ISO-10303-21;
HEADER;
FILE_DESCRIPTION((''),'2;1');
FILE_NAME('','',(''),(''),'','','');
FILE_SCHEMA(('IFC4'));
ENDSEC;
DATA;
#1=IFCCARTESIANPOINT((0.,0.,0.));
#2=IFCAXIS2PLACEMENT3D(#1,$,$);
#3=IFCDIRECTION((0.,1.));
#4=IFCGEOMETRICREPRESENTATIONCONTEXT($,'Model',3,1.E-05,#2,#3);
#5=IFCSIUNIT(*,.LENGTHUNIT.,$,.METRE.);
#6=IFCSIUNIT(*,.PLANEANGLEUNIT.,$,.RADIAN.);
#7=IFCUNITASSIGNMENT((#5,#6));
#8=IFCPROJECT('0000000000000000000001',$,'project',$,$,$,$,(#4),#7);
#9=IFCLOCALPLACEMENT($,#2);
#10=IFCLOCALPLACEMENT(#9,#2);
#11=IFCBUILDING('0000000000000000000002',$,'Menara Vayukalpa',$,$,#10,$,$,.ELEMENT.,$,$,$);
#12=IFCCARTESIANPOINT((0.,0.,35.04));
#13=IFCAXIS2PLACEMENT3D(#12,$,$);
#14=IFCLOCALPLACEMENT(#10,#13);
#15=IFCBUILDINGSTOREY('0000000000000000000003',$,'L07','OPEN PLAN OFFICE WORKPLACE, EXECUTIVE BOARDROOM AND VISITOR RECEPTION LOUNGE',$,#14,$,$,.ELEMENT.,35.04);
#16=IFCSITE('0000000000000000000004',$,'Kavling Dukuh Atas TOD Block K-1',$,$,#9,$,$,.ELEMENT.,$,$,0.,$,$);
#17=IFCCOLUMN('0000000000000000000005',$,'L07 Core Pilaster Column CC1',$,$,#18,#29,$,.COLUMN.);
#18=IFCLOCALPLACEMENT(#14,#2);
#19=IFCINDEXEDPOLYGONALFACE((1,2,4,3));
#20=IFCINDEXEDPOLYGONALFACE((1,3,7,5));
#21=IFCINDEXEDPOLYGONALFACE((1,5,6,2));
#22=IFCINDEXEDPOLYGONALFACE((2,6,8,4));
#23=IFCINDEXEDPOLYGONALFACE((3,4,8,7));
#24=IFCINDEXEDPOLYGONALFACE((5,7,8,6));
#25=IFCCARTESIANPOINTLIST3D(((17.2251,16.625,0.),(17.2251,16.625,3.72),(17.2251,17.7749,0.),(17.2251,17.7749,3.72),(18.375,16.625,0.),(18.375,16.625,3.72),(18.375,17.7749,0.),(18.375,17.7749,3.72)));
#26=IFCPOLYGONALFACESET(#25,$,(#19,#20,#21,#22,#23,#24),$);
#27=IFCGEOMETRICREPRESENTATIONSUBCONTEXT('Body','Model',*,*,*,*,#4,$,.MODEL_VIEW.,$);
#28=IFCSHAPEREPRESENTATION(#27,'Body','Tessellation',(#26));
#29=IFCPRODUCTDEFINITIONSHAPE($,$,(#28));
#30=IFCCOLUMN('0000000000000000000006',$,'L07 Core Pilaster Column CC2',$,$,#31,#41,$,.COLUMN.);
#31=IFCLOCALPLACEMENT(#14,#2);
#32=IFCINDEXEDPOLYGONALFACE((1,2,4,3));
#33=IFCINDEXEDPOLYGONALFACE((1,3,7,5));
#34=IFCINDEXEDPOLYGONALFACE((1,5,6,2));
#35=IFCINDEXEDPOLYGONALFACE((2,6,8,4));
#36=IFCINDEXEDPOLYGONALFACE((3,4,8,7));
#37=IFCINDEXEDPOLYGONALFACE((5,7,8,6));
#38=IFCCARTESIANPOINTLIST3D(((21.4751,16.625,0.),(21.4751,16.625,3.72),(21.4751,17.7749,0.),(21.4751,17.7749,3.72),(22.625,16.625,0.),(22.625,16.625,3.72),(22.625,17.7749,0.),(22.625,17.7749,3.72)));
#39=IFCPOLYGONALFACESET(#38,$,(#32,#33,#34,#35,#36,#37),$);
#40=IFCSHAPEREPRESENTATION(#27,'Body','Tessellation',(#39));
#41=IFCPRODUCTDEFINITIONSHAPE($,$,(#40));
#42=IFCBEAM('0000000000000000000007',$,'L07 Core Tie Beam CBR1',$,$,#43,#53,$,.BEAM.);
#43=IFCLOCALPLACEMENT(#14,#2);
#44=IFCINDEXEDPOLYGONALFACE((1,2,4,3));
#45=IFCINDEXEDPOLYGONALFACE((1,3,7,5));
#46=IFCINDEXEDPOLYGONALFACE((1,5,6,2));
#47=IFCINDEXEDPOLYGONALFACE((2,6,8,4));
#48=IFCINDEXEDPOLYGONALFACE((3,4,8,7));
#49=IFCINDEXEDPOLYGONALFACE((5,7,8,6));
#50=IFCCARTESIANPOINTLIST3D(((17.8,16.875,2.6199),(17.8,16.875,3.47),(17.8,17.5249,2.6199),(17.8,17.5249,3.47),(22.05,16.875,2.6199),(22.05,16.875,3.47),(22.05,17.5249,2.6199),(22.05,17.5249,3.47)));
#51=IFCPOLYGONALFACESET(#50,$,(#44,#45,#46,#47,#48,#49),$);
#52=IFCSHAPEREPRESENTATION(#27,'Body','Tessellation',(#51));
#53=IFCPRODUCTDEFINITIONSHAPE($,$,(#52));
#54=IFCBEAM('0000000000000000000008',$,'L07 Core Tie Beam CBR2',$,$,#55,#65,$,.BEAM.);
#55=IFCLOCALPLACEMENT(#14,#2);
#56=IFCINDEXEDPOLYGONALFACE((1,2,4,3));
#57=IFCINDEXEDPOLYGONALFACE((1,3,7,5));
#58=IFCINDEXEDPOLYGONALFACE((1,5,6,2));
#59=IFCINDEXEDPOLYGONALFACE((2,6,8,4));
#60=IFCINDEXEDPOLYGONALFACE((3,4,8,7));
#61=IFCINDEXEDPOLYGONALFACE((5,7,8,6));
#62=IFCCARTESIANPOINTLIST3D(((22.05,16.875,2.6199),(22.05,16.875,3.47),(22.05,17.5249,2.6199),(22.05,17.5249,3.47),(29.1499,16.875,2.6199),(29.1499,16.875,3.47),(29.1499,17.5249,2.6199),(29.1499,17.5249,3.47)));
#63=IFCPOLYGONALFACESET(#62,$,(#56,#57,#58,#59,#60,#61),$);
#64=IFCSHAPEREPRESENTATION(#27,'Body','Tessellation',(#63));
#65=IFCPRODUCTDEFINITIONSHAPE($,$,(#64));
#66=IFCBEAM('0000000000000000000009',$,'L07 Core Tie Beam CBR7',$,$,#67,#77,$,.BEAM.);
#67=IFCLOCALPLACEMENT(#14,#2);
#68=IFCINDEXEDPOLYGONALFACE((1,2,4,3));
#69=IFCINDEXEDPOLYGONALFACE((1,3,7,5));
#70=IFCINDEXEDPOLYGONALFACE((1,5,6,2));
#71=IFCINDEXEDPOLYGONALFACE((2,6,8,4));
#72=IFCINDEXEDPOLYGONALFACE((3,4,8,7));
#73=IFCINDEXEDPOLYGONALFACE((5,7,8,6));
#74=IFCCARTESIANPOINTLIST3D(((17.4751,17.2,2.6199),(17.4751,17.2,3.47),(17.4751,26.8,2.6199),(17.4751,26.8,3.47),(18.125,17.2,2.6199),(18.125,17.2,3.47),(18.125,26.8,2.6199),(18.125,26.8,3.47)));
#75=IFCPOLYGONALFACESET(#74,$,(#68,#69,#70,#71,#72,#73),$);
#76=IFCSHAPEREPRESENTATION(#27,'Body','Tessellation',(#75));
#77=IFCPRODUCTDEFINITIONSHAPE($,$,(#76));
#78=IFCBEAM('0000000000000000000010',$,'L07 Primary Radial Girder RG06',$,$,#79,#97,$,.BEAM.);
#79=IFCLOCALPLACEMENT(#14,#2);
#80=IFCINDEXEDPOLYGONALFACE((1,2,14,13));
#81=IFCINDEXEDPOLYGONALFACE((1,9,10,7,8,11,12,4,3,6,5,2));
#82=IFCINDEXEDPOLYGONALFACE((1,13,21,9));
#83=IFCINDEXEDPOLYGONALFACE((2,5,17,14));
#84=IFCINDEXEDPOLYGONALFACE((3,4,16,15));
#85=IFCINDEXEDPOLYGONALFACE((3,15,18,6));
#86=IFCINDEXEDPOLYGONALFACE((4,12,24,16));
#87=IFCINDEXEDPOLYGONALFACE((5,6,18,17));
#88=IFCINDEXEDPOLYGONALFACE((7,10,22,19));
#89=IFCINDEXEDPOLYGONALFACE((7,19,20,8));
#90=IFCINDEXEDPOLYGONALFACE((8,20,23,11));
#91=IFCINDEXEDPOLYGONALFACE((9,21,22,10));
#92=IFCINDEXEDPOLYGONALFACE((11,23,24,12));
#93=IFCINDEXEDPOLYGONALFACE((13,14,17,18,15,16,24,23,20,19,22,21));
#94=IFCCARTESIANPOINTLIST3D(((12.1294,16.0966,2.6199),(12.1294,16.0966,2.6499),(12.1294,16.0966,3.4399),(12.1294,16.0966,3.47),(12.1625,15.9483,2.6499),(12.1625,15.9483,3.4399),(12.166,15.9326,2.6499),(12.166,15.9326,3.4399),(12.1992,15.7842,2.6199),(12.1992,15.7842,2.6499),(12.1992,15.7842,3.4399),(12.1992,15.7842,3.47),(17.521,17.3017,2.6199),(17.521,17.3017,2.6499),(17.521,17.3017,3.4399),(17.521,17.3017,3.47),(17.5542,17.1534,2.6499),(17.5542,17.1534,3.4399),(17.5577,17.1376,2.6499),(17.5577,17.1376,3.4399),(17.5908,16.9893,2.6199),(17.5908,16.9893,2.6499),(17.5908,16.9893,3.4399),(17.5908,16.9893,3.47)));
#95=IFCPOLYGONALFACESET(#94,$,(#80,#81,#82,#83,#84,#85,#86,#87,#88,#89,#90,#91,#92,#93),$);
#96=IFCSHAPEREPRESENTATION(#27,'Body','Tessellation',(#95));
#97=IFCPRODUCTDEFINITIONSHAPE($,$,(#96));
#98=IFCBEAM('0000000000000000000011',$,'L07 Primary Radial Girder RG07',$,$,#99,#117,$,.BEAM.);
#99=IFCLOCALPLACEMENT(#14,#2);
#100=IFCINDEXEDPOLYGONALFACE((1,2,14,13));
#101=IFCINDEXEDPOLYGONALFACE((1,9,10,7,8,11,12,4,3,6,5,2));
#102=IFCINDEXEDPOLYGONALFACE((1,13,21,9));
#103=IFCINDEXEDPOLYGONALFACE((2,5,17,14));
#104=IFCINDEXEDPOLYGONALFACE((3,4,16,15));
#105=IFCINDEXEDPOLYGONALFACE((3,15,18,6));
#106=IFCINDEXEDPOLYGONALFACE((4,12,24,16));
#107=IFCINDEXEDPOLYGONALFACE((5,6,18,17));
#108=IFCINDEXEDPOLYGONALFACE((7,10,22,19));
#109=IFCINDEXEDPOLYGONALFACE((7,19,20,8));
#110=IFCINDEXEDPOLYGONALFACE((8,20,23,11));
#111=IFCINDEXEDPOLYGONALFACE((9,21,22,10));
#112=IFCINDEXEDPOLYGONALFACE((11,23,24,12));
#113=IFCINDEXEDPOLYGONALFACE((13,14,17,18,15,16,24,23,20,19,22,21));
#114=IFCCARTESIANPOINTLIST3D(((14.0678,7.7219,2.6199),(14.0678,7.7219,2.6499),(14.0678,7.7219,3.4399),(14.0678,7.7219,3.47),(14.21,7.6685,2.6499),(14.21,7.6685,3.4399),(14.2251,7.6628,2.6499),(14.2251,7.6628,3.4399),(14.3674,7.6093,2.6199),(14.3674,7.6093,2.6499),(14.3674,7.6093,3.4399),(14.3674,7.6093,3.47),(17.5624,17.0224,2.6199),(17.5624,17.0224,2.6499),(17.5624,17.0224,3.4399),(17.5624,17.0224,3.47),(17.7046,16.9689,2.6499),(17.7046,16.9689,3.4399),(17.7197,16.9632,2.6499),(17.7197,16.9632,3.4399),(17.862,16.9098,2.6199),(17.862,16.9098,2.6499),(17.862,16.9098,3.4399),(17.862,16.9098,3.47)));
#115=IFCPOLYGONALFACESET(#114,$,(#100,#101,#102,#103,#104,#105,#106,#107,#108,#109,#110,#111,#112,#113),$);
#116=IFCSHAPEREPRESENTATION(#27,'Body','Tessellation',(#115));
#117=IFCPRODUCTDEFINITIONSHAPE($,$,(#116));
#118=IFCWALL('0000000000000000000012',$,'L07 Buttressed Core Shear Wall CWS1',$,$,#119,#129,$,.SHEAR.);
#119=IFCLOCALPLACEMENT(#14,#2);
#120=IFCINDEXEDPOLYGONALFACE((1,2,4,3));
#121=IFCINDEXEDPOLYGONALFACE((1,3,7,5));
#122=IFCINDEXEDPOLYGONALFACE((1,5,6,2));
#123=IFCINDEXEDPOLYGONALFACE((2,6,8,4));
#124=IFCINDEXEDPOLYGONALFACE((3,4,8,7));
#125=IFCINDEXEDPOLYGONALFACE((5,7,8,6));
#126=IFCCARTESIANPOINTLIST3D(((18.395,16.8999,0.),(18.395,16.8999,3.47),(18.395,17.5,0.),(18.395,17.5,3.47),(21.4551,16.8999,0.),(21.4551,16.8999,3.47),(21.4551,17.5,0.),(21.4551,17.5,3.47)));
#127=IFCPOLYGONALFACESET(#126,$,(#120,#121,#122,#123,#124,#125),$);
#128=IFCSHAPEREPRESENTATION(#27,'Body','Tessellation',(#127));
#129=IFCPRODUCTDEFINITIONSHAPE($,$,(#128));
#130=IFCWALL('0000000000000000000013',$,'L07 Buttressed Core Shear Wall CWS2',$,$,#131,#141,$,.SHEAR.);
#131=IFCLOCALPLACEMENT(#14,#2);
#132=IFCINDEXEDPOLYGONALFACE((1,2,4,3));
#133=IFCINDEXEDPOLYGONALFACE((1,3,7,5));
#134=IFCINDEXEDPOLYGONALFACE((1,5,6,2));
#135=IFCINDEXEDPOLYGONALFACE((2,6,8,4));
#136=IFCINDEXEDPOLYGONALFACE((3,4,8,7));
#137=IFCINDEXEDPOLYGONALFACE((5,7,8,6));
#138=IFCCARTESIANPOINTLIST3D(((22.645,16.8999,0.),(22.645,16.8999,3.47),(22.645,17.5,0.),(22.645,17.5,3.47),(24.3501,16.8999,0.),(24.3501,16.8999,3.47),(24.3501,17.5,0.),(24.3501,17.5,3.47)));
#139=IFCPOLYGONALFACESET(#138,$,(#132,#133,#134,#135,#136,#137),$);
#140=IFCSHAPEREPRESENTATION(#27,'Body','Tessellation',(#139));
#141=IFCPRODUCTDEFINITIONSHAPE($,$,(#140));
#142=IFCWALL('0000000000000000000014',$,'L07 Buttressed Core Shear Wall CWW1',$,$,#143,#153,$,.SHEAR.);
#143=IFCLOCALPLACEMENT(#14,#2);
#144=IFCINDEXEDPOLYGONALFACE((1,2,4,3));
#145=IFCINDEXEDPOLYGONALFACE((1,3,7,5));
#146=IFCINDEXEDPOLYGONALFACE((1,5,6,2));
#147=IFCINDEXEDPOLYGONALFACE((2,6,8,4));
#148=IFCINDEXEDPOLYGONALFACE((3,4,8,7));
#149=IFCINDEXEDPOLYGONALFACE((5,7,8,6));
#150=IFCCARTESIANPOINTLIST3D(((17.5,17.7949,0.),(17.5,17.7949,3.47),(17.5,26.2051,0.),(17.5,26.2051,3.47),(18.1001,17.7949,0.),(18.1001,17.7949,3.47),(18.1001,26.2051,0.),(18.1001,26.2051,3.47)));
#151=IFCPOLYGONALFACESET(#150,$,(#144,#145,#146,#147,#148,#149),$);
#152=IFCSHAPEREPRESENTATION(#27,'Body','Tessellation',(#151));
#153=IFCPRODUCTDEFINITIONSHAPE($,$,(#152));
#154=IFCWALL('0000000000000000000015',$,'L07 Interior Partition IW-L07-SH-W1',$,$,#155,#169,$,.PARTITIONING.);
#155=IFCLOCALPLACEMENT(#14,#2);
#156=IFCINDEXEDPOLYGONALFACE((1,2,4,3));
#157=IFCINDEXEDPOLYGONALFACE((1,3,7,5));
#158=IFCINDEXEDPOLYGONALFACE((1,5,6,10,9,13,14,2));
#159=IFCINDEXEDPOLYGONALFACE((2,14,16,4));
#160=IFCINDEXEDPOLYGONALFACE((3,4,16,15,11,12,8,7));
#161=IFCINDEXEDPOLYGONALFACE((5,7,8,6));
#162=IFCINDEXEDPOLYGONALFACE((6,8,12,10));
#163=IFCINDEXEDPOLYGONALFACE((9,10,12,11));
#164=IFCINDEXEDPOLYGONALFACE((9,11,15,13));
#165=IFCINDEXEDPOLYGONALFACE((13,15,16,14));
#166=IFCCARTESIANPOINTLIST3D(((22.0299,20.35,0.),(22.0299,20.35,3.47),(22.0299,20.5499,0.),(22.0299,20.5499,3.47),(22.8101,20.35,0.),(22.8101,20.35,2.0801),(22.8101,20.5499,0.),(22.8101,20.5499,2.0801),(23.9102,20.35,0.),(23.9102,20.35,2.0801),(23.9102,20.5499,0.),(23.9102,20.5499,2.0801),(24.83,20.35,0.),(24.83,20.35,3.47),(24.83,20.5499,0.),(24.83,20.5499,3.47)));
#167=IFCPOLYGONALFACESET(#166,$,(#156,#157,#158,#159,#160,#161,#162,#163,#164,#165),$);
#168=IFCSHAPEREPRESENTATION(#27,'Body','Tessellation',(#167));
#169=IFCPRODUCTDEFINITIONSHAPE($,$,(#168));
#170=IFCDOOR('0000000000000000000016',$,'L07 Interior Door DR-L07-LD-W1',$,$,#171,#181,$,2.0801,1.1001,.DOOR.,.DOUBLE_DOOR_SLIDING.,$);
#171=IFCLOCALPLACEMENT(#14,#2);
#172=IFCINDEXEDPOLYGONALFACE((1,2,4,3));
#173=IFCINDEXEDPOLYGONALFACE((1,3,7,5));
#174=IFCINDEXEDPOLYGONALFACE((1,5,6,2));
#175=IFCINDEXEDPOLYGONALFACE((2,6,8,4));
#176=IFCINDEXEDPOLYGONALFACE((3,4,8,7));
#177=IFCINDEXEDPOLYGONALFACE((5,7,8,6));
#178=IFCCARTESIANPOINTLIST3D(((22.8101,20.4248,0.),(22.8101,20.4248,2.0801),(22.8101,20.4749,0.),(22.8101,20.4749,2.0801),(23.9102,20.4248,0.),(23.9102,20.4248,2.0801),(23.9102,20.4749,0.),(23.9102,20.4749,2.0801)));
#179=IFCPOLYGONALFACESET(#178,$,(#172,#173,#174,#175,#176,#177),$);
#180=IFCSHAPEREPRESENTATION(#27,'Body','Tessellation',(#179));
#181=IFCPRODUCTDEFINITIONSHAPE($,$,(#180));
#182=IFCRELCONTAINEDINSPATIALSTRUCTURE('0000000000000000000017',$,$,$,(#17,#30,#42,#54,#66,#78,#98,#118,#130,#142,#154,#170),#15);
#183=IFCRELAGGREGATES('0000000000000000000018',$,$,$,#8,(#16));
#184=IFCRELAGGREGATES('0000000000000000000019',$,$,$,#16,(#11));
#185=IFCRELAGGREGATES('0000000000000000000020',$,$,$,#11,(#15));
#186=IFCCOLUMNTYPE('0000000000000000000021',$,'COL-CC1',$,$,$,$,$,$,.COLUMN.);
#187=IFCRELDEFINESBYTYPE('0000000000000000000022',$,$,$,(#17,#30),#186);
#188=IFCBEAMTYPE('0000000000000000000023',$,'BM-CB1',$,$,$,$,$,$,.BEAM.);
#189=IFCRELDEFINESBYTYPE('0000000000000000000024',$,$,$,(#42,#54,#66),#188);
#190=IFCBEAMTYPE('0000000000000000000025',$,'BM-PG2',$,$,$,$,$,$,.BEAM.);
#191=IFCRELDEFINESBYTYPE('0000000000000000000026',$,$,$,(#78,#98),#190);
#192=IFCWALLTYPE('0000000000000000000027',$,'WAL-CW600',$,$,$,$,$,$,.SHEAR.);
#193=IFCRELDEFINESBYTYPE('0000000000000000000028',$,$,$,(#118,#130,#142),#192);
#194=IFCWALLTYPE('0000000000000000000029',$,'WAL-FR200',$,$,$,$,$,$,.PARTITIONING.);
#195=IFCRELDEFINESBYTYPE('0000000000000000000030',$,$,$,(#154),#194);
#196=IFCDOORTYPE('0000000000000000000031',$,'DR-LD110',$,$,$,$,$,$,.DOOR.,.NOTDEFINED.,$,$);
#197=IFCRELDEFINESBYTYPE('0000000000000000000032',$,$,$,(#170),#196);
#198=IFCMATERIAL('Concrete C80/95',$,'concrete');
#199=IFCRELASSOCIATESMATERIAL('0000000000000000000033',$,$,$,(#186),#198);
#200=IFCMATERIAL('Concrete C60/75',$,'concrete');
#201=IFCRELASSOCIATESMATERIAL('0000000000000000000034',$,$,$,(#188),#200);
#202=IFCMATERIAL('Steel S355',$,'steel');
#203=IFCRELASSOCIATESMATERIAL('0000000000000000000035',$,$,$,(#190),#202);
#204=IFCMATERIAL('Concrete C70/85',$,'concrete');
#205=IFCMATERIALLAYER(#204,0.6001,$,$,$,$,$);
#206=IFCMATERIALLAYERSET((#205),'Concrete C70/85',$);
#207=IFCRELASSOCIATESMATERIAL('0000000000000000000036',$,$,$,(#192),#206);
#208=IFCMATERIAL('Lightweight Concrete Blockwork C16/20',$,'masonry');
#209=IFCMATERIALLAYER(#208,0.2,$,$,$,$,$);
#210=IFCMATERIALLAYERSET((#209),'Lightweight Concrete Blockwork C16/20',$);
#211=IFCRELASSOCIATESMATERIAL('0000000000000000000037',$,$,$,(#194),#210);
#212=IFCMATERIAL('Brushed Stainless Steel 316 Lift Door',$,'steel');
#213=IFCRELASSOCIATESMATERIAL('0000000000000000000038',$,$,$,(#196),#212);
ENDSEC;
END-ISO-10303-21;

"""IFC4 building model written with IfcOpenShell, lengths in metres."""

from ifc_helpers import new_model, si_unit, direction, frame, frame_2d, origin, origin_2d, place, context, subcontext, project, spatial, rectangle, i_section, extrude, material, layer, layer_set, material_profile, profile_set, type_object, element, fill, save


model = new_model("IFC4")

# Units and contexts
model_context = context("Model", 3, precision=1e-05, world=origin(), true_north=direction((0.0, 1.0)))
body_context = subcontext(model_context, "Body", "Model", "MODEL_VIEW")
ifc_project = project(units=[si_unit("LENGTHUNIT", "METRE"), si_unit("PLANEANGLEUNIT", "RADIAN")], contexts=[model_context])

# Site, building, storey
site_placement = place(None, origin())
site = spatial("IfcSite", under=ifc_project, at=site_placement, Name="Kavling Dukuh Atas TOD Block K-1", CompositionType="ELEMENT", RefElevation=0.0)
building_placement = place(site_placement, origin())
building = spatial("IfcBuilding", under=site, at=building_placement, Name="Menara Vayukalpa", CompositionType="ELEMENT")
storey_placement = place(building_placement, frame((0.0, 0.0, 35.04)))
storey = spatial("IfcBuildingStorey", under=building, at=storey_placement, Name="L07", Description="OPEN PLAN OFFICE WORKPLACE, EXECUTIVE BOARDROOM AND VISITOR RECEPTION LOUNGE", CompositionType="ELEMENT", Elevation=35.04)

# Columns
ifc_material_1 = material(Name="Concrete C80/95", Category="concrete")
ifc_material_profile_1 = material_profile(ifc_material_1, rectangle(XDim=1.1499, YDim=1.1499, at=origin_2d()), Name="RC 1150x1150")
ifc_profile_set_1 = profile_set([ifc_material_profile_1], Name="Concrete C80/95")
column_type = type_object("IfcColumnType", Name="COL-CC1", PredefinedType="COLUMN", material=ifc_profile_set_1)
for number, where, z_axis, x_axis, name in (
    (1, (17.8, 17.2, 0.0), (0.0, 0.0, 1.0), (1.0, 0.0, 0.0), "L07 Core Pilaster Column CC1"),
    (2, (22.05, 17.2, 0.0), (0.0, 0.0, 1.0), (1.0, 0.0, 0.0), "L07 Core Pilaster Column CC2"),
):
    element("IfcColumn", number, at=place(storey_placement, frame(where, z_axis=z_axis, x_axis=x_axis)), inside=storey, type_object=column_type, Name=name, PredefinedType="COLUMN", context=body_context, shape_type="SweptSolid", body=[
        extrude(rectangle(XDim=1.1499, YDim=1.1499, at=origin_2d()), origin(), (0.0, 0.0, 1.0), 3.72),
    ])

# Beams
ifc_material_2 = material(Name="Concrete C60/75", Category="concrete")
ifc_material_profile_2 = material_profile(ifc_material_2, rectangle(XDim=0.6499, YDim=0.8501, at=origin_2d()), Name="RC 650x850")
ifc_profile_set_2 = profile_set([ifc_material_profile_2], Name="Concrete C60/75")
beam_type_1 = type_object("IfcBeamType", Name="BM-CB1", PredefinedType="BEAM", material=ifc_profile_set_2)
beam_1_placement = place(storey_placement, frame((17.8, 17.2, 3.0449), z_axis=(1.0, 0.0, 0.0), x_axis=(0.0, 1.0, 0.0)))
element("IfcBeam", 3, at=beam_1_placement, inside=storey, type_object=beam_type_1, Name="L07 Core Tie Beam CBR1", PredefinedType="BEAM", context=body_context, shape_type="SweptSolid", body=[
    extrude(rectangle(XDim=0.6499, YDim=0.8501, at=origin_2d()), origin(), (0.0, 0.0, 1.0), 4.25),
])
beam_2_placement = place(storey_placement, frame((22.05, 17.2, 3.0449), z_axis=(1.0, 0.0, 0.0), x_axis=(0.0, 1.0, 0.0)))
element("IfcBeam", 4, at=beam_2_placement, inside=storey, type_object=beam_type_1, Name="L07 Core Tie Beam CBR2", PredefinedType="BEAM", context=body_context, shape_type="SweptSolid", body=[
    extrude(rectangle(XDim=0.6499, YDim=0.8501, at=origin_2d()), origin(), (0.0, 0.0, 1.0), 7.0999),
])
beam_3_placement = place(storey_placement, frame((17.8, 17.2, 3.0449), z_axis=(0.0, 1.0, 0.0), x_axis=(-1.0, 0.0, 0.0)))
element("IfcBeam", 5, at=beam_3_placement, inside=storey, type_object=beam_type_1, Name="L07 Core Tie Beam CBR7", PredefinedType="BEAM", context=body_context, shape_type="SweptSolid", body=[
    extrude(rectangle(XDim=0.6499, YDim=0.8501, at=origin_2d()), origin(), (0.0, 0.0, 1.0), 9.6001),
])
ifc_material_3 = material(Name="Steel S355", Category="steel")
ifc_material_profile_3 = material_profile(ifc_material_3, i_section(OverallWidth=0.3201, OverallDepth=0.8501, WebThickness=0.0161, FlangeThickness=0.03, at=origin_2d()), Name="WF 850x320x16x30")
ifc_profile_set_3 = profile_set([ifc_material_profile_3], Name="Steel S355")
beam_type_2 = type_object("IfcBeamType", Name="BM-PG2", PredefinedType="BEAM", material=ifc_profile_set_3)
beam_4_placement = place(storey_placement, frame((17.5559, 17.1455, 3.0449), z_axis=(-0.97592, -0.218128, 0.0), x_axis=(0.218128, -0.97592, 0.0)))
element("IfcBeam", 6, at=beam_4_placement, inside=storey, type_object=beam_type_2, Name="L07 Primary Radial Girder RG06", PredefinedType="BEAM", context=body_context, shape_type="SweptSolid", body=[
    extrude(i_section(OverallWidth=0.3201, OverallDepth=0.8501, WebThickness=0.0161, FlangeThickness=0.03, at=origin_2d()), origin(), (0.0, 0.0, 1.0), 5.5247),
])
beam_5_placement = place(storey_placement, frame((17.7122, 16.9661, 3.0449), z_axis=(-0.351735, -0.9361, 0.0), x_axis=(0.9361, -0.351735, 0.0)))
element("IfcBeam", 7, at=beam_5_placement, inside=storey, type_object=beam_type_2, Name="L07 Primary Radial Girder RG07", PredefinedType="BEAM", context=body_context, shape_type="SweptSolid", body=[
    extrude(i_section(OverallWidth=0.3201, OverallDepth=0.8501, WebThickness=0.0161, FlangeThickness=0.03, at=origin_2d()), origin(), (0.0, 0.0, 1.0), 9.9353),
])

# Walls
ifc_material_4 = material(Name="Concrete C70/85", Category="concrete")
ifc_layer_1 = layer(ifc_material_4, 0.6001)
ifc_layer_set_1 = layer_set([ifc_layer_1], Name="Concrete C70/85")
wall_type_1 = type_object("IfcWallType", Name="WAL-CW600", PredefinedType="SHEAR", material=ifc_layer_set_1)
wall_1_placement = place(storey_placement, frame((18.395, 17.2, 0.0), z_axis=(0.0, 0.0, 1.0), x_axis=(1.0, 0.0, 0.0)))
element("IfcWall", 8, at=wall_1_placement, inside=storey, type_object=wall_type_1, Name="L07 Buttressed Core Shear Wall CWS1", PredefinedType="SHEAR", context=body_context, shape_type="SweptSolid", body=[
    extrude(rectangle(XDim=3.0601, YDim=0.6001, at=frame_2d((1.53, 0.0))), origin(), (0.0, 0.0, 1.0), 3.47),
])
wall_2_placement = place(storey_placement, frame((22.645, 17.2, 0.0), z_axis=(0.0, 0.0, 1.0), x_axis=(1.0, 0.0, 0.0)))
element("IfcWall", 9, at=wall_2_placement, inside=storey, type_object=wall_type_1, Name="L07 Buttressed Core Shear Wall CWS2", PredefinedType="SHEAR", context=body_context, shape_type="SweptSolid", body=[
    extrude(rectangle(XDim=1.7051, YDim=0.6001, at=frame_2d((0.8525, 0.0))), origin(), (0.0, 0.0, 1.0), 3.47),
])
wall_3_placement = place(storey_placement, frame((17.8, 17.7949, 0.0), z_axis=(0.0, 0.0, 1.0), x_axis=(0.0, 1.0, 0.0)))
element("IfcWall", 10, at=wall_3_placement, inside=storey, type_object=wall_type_1, Name="L07 Buttressed Core Shear Wall CWW1", PredefinedType="SHEAR", context=body_context, shape_type="SweptSolid", body=[
    extrude(rectangle(XDim=8.4102, YDim=0.6001, at=frame_2d((4.2051, 0.0))), origin(), (0.0, 0.0, 1.0), 3.47),
])

# Wall, opening, door
ifc_material_5 = material(Name="Lightweight Concrete Blockwork C16/20", Category="masonry")
ifc_layer_2 = layer(ifc_material_5, 0.2)
ifc_layer_set_2 = layer_set([ifc_layer_2], Name="Lightweight Concrete Blockwork C16/20")
wall_type_2 = type_object("IfcWallType", Name="WAL-FR200", PredefinedType="PARTITIONING", material=ifc_layer_set_2)
wall_4_placement = place(storey_placement, frame((22.03, 20.45, 0.0), z_axis=(0.0, 0.0, 1.0), x_axis=(1.0, 0.0, 0.0)))
wall_4 = element("IfcWall", 11, at=wall_4_placement, inside=storey, type_object=wall_type_2, Name="L07 Interior Partition IW-L07-SH-W1", PredefinedType="PARTITIONING", context=body_context, shape_type="SweptSolid", body=[
    extrude(rectangle(XDim=2.8, YDim=0.2, at=frame_2d((1.3999, 0.0))), origin(), (0.0, 0.0, 1.0), 3.47),
])
opening_1_placement = place(wall_4_placement, frame((0.78, 0.0, 0.0)))
opening_1 = element("IfcOpeningElement", 12, at=opening_1_placement, cuts=wall_4, PredefinedType="OPENING", context=body_context, shape_type="SweptSolid", body=[
    extrude(rectangle(XDim=1.1001, YDim=2.0801, at=frame_2d((0.55, 1.04))), frame((0.0, 0.1099, 0.0), z_axis=(0.0, -1.0, 0.0), x_axis=(1.0, 0.0, 0.0)), (0.0, 0.0, 1.0), 0.22),
])
ifc_material_6 = material(Name="Brushed Stainless Steel 316 Lift Door", Category="steel")
door_type_1 = type_object("IfcDoorType", Name="DR-LD110", OperationType="NOTDEFINED", PredefinedType="DOOR", material=ifc_material_6)
door_1_placement = place(opening_1_placement, origin())
door_1 = element("IfcDoor", 13, at=door_1_placement, inside=storey, type_object=door_type_1, Name="L07 Interior Door DR-L07-LD-W1", OperationType="DOUBLE_DOOR_SLIDING", OverallHeight=2.0801, OverallWidth=1.1001, PredefinedType="DOOR", context=body_context, shape_type="SweptSolid", body=[
    extrude(rectangle(XDim=1.1001, YDim=2.0801, at=frame_2d((0.55, 1.04))), frame((0.0, 0.0249, 0.0), z_axis=(0.0, -1.0, 0.0), x_axis=(1.0, 0.0, 0.0)), (0.0, 0.0, 1.0), 0.05),
])
fill(opening_1, door_1)

save(model, "model.ifc")
